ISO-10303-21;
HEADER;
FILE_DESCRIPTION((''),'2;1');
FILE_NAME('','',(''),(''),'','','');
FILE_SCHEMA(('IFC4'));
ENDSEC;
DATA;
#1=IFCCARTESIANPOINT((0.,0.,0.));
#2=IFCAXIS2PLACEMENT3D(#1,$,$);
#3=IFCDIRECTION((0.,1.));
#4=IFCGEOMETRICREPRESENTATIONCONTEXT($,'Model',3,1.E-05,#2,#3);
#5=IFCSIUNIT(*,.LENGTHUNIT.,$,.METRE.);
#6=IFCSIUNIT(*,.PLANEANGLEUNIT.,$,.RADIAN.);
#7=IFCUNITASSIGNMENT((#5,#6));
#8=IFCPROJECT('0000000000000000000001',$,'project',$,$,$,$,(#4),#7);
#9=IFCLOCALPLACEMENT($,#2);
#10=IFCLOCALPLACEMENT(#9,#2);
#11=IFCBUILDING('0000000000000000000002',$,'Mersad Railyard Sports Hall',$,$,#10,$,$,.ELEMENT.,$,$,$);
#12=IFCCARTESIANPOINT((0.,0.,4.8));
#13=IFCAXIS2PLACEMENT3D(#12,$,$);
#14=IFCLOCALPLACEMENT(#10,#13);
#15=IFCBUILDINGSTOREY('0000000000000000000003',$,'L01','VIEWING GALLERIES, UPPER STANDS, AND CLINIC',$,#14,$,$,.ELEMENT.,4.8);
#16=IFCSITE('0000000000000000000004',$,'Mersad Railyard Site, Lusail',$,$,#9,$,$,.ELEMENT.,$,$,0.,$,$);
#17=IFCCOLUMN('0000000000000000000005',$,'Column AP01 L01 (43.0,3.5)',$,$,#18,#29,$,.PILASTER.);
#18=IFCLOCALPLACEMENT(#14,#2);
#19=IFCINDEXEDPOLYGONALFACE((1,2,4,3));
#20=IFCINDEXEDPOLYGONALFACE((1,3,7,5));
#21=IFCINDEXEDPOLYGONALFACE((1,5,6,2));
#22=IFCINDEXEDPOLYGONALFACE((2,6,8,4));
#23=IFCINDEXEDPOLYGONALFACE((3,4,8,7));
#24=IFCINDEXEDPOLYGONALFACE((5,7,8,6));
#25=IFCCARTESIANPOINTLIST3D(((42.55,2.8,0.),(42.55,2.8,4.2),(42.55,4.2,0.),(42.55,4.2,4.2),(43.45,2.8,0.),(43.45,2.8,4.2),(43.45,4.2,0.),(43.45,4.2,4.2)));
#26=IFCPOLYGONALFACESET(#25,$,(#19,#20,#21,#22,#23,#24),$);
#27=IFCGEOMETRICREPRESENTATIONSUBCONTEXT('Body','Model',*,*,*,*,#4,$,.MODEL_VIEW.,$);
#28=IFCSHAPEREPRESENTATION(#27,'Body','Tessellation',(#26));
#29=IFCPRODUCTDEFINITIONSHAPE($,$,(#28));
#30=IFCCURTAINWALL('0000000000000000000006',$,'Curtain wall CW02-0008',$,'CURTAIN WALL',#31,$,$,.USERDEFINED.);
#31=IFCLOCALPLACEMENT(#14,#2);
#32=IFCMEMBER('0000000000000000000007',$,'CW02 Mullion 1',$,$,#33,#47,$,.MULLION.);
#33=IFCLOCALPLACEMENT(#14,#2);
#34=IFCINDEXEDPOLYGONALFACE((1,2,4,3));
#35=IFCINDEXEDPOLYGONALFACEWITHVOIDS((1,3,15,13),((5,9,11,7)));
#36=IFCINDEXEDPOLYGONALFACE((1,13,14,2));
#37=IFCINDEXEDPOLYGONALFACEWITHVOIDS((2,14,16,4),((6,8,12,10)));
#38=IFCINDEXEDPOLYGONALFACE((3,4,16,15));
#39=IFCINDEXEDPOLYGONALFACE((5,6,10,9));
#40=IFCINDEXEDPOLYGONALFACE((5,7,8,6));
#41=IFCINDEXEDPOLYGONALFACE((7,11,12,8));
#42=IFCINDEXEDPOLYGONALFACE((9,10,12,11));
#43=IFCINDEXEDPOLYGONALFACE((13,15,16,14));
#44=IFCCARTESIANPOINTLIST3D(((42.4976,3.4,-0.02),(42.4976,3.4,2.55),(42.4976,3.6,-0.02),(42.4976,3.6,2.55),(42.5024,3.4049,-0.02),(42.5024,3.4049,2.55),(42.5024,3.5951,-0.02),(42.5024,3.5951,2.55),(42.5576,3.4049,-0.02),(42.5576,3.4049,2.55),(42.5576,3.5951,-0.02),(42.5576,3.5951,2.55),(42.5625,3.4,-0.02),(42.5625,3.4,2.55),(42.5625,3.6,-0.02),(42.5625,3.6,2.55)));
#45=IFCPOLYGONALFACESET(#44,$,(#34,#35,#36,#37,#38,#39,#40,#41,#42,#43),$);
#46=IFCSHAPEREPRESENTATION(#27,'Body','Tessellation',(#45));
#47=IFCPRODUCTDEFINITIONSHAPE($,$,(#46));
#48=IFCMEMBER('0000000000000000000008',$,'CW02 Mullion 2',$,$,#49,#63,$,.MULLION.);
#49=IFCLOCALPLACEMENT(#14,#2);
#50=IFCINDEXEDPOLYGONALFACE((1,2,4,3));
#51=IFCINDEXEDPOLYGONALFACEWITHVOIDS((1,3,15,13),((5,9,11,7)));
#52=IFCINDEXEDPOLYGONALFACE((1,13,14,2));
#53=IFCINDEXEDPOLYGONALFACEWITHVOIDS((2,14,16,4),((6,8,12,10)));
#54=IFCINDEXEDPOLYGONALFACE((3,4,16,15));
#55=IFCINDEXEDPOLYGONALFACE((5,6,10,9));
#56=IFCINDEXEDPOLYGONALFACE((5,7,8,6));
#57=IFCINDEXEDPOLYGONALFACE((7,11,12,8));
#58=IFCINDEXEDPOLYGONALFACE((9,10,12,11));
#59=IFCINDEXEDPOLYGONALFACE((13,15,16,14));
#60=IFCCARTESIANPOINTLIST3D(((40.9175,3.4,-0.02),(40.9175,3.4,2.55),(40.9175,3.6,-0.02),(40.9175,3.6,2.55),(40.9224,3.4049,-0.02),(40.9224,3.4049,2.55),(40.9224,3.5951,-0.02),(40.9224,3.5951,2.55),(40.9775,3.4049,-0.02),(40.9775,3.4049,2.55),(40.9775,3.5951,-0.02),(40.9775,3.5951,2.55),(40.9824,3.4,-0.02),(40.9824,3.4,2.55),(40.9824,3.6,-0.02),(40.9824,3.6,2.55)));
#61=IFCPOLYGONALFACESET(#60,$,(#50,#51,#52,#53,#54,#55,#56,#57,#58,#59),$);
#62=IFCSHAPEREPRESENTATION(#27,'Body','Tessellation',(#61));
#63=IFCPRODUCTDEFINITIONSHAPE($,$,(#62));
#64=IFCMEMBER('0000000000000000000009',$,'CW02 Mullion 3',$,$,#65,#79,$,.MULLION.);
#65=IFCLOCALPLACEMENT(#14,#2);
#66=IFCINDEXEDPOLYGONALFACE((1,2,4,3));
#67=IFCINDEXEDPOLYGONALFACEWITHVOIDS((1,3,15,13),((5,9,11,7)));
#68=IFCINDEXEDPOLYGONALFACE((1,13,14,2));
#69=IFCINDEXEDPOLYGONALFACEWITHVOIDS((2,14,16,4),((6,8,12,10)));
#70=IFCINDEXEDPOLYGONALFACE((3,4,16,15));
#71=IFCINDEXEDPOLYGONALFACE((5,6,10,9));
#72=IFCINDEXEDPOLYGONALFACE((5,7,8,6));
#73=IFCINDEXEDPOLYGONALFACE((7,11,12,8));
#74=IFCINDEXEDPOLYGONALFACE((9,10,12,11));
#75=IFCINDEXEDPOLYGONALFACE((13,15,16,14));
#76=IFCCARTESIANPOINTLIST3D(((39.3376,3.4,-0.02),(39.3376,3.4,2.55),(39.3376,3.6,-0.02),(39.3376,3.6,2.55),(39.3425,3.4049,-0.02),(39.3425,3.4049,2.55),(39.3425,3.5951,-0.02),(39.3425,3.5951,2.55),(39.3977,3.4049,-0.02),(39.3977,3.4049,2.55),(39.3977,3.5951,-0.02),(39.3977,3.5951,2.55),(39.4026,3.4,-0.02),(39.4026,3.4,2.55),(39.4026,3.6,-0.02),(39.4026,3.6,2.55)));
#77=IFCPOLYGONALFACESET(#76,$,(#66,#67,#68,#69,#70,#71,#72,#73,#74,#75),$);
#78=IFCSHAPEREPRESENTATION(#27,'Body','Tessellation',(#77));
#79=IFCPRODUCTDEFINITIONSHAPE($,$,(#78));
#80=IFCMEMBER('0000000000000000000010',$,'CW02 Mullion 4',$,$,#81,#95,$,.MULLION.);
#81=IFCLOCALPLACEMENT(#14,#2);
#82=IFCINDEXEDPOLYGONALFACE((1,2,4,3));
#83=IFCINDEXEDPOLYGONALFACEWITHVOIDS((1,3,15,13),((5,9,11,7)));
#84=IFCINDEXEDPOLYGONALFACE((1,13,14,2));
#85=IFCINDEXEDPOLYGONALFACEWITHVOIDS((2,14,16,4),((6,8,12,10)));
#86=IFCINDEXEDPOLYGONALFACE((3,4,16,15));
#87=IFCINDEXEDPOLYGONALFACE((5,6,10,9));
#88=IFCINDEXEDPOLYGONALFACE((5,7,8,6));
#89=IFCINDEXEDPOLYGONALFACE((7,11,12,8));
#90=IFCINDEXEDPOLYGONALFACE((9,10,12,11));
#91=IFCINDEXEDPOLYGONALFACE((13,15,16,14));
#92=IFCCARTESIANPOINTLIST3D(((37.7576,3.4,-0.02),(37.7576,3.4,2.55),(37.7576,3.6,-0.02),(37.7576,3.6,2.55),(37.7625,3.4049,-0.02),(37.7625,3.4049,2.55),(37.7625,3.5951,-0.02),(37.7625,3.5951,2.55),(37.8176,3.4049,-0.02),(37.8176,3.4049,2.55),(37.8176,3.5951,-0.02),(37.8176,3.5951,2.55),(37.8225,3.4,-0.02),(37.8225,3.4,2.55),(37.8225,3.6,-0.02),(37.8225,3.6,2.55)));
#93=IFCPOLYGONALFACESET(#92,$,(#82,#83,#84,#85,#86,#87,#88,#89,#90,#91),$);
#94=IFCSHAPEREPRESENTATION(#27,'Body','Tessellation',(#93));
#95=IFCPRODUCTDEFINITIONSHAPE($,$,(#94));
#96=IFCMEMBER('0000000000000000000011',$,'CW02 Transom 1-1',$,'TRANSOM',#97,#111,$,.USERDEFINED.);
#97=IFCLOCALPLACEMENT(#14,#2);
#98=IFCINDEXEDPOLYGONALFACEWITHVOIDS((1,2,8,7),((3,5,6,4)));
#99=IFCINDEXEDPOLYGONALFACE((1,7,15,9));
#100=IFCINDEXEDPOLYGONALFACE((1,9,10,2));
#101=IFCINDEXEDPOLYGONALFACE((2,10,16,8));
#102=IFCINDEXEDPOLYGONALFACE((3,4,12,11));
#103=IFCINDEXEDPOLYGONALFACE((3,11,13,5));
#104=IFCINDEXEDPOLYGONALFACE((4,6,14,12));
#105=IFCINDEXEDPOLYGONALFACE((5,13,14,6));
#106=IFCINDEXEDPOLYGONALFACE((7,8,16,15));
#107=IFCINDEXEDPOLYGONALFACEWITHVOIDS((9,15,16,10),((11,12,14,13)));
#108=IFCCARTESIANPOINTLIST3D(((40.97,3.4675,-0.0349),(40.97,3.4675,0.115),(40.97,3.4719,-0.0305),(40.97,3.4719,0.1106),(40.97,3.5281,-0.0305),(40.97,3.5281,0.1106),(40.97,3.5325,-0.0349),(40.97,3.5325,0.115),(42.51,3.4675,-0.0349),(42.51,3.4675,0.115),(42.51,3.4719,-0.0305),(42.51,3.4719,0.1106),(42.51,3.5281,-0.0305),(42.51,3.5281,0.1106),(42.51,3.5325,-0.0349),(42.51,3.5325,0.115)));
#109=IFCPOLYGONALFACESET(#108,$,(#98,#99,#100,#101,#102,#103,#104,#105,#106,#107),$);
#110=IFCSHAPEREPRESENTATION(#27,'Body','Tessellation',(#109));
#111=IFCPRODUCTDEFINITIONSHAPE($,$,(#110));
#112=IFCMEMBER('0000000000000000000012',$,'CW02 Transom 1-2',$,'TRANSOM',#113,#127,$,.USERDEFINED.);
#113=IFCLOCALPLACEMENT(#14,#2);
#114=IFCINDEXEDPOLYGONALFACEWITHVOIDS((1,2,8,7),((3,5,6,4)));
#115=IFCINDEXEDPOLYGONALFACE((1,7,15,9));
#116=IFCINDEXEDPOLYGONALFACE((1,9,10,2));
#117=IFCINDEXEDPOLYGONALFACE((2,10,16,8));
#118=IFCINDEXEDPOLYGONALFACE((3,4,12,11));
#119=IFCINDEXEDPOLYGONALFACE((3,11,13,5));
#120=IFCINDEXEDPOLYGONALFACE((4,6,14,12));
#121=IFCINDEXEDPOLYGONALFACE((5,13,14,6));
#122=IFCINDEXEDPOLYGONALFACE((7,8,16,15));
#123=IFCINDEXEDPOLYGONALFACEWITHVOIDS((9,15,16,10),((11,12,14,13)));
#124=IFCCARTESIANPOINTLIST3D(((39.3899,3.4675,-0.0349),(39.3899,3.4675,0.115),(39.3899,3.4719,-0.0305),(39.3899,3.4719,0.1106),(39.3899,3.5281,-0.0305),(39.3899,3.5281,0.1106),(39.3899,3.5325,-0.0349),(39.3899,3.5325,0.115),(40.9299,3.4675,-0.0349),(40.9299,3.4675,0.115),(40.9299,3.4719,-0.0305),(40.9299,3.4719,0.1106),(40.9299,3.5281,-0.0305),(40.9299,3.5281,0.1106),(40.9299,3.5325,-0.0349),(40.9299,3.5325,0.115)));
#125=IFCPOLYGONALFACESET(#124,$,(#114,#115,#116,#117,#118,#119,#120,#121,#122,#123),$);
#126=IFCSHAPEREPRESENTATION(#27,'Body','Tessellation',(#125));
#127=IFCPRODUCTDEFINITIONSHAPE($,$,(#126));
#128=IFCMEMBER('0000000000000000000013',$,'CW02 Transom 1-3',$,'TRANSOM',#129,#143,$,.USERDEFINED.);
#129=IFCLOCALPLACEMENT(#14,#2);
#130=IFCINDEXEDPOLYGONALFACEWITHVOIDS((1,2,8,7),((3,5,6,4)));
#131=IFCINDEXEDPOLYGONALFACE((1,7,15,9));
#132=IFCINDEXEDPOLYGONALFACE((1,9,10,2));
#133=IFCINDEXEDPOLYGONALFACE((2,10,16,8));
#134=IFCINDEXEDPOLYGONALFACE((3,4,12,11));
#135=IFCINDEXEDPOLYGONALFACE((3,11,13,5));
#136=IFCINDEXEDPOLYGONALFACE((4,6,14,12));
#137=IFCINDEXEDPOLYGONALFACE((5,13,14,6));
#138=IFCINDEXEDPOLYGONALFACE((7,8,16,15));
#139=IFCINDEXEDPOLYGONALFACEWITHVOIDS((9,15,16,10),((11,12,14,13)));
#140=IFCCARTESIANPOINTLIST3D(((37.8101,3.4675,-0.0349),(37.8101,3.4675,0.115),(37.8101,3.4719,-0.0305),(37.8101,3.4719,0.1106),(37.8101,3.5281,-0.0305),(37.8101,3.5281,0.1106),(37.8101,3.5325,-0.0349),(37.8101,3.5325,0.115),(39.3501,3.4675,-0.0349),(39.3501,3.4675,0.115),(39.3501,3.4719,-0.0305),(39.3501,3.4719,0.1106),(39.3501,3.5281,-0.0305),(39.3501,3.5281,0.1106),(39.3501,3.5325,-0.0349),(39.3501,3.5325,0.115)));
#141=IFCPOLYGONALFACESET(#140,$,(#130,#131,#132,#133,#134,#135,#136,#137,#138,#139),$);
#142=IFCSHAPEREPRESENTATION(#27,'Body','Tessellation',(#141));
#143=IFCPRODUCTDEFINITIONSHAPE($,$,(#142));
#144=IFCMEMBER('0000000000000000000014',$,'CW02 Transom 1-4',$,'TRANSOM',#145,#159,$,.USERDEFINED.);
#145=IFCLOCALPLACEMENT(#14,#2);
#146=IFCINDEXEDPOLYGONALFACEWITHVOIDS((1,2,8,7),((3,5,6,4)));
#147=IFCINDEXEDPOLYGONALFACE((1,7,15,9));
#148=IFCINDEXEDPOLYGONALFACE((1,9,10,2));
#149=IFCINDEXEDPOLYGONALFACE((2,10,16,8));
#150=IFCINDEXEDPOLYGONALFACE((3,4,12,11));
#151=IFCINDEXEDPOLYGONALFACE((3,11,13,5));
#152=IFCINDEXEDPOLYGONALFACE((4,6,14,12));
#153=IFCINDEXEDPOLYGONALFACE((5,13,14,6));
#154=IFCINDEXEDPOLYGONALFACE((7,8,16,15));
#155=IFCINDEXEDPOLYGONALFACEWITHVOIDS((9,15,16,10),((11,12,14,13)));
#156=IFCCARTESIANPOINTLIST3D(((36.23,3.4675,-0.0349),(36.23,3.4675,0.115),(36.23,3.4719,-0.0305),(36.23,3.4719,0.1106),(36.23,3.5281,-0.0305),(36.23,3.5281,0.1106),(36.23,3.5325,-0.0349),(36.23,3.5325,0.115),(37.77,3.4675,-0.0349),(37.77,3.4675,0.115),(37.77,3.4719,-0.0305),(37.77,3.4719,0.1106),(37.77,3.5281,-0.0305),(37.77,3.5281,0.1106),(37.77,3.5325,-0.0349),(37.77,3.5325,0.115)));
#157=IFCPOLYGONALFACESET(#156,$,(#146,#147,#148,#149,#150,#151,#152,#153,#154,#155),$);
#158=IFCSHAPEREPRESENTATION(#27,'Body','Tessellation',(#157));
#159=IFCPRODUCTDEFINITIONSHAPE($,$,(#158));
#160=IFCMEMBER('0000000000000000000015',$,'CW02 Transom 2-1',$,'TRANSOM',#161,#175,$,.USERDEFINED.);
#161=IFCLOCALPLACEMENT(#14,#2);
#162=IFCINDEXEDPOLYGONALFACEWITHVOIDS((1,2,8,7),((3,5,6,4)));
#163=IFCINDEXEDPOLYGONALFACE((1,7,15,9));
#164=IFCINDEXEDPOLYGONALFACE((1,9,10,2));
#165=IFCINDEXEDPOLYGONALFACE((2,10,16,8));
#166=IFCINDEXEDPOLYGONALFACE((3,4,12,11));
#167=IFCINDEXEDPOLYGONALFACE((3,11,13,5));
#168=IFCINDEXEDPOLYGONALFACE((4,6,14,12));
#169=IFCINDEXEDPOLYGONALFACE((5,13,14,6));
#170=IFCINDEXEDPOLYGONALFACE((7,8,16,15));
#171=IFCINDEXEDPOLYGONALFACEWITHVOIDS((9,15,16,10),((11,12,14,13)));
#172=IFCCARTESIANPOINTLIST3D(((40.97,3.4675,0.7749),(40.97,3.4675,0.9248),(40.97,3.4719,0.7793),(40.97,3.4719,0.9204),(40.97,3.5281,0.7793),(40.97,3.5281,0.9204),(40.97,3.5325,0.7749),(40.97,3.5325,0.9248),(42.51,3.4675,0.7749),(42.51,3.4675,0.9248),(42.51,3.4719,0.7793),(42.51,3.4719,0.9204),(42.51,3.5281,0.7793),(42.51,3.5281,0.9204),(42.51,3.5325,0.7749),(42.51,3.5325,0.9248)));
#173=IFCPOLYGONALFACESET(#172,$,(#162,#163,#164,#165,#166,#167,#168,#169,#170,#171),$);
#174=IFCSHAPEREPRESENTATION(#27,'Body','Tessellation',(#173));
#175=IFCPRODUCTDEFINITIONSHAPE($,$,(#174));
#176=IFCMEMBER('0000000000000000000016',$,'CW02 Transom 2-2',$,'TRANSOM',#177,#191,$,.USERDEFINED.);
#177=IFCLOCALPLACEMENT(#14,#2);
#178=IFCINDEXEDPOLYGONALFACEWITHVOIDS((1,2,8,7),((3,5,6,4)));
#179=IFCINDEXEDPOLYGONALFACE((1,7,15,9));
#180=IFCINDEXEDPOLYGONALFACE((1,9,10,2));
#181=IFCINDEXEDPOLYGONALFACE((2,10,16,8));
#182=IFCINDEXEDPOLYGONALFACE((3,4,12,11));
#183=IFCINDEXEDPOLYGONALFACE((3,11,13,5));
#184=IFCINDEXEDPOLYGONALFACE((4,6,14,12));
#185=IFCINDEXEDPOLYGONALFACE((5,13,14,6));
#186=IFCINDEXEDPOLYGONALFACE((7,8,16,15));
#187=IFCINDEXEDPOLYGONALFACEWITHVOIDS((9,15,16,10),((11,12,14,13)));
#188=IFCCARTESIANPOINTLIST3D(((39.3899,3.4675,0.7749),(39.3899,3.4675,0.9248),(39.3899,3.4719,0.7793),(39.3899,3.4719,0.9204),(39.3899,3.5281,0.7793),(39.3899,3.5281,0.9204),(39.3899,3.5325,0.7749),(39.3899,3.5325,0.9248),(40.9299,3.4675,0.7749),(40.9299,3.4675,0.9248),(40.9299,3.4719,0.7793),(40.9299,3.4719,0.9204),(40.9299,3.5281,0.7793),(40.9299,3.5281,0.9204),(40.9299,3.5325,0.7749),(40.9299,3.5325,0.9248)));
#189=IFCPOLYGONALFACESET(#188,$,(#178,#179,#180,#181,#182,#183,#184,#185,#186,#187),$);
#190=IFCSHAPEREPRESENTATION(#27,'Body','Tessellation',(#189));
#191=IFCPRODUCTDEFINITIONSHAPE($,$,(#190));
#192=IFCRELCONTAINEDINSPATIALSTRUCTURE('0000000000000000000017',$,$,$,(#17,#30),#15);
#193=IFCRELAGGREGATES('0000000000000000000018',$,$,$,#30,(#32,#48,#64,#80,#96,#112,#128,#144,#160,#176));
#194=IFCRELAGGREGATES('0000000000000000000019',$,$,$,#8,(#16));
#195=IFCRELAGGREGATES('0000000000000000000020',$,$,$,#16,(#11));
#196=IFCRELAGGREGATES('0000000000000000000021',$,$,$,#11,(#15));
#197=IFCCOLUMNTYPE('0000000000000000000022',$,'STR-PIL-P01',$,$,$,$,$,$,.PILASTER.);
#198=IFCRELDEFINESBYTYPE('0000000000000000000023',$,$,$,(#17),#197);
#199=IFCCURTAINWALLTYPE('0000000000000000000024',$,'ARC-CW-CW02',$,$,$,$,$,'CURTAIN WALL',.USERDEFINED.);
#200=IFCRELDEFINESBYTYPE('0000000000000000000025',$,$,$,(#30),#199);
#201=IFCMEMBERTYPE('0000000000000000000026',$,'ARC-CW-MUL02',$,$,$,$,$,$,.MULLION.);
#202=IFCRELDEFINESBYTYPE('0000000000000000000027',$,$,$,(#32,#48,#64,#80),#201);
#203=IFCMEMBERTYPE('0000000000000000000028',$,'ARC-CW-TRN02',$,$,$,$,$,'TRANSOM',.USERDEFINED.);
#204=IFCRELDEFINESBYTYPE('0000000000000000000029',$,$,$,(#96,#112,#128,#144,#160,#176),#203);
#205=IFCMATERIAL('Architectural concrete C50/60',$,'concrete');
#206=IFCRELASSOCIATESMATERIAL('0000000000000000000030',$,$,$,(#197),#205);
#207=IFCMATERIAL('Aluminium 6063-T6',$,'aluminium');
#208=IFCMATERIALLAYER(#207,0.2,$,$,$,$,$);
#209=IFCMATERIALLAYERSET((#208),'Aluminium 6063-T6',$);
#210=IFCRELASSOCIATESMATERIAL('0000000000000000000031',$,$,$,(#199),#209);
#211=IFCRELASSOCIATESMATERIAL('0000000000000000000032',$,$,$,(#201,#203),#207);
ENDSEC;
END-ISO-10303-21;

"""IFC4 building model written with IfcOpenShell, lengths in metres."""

from ifc_helpers import new_model, si_unit, direction, frame, origin, origin_2d, place, context, subcontext, project, spatial, rectangle, hollow_rectangle, extrude, material, layer, layer_set, material_profile, profile_set, type_object, element, aggregate, save


model = new_model("IFC4")

# Units and contexts
model_context = context("Model", 3, precision=1e-05, world=origin(), true_north=direction((0.0, 1.0)))
body_context = subcontext(model_context, "Body", "Model", "MODEL_VIEW")
ifc_project = project(units=[si_unit("LENGTHUNIT", "METRE"), si_unit("PLANEANGLEUNIT", "RADIAN")], contexts=[model_context])

# Site, building, storey
site_placement = place(None, origin())
site = spatial("IfcSite", under=ifc_project, at=site_placement, Name="Mersad Railyard Site, Lusail", CompositionType="ELEMENT", RefElevation=0.0)
building_placement = place(site_placement, origin())
building = spatial("IfcBuilding", under=site, at=building_placement, Name="Mersad Railyard Sports Hall", CompositionType="ELEMENT")
storey_placement = place(building_placement, frame((0.0, 0.0, 4.8)))
storey = spatial("IfcBuildingStorey", under=building, at=storey_placement, Name="L01", Description="VIEWING GALLERIES, UPPER STANDS, AND CLINIC", CompositionType="ELEMENT", Elevation=4.8)

# Column
ifc_material_1 = material(Name="Architectural concrete C50/60", Category="concrete")
ifc_material_profile_1 = material_profile(ifc_material_1, rectangle(XDim=0.8999, YDim=1.3999, at=origin_2d()), Name="RC 900x1400")
ifc_profile_set_1 = profile_set([ifc_material_profile_1], Name="Architectural concrete C50/60")
column_type = type_object("IfcColumnType", Name="STR-PIL-P01", PredefinedType="PILASTER", material=ifc_profile_set_1)
column_placement = place(storey_placement, frame((43.0, 3.5, 0.0), z_axis=(0.0, 0.0, 1.0), x_axis=(1.0, 0.0, 0.0)))
element("IfcColumn", 1, at=column_placement, inside=storey, type_object=column_type, Name="Column AP01 L01 (43.0,3.5)", PredefinedType="PILASTER", context=body_context, shape_type="SweptSolid", body=[
    extrude(rectangle(XDim=0.8999, YDim=1.3999, at=origin_2d()), origin(), (0.0, 0.0, 1.0), 4.2),
])

# Curtain wall, members
ifc_material_2 = material(Name="Aluminium 6063-T6", Category="aluminium")
ifc_layer_1 = layer(ifc_material_2, 0.2)
ifc_layer_set_1 = layer_set([ifc_layer_1], Name="Aluminium 6063-T6")
curtain_wall_type = type_object("IfcCurtainWallType", Name="ARC-CW-CW02", ElementType="CURTAIN WALL", PredefinedType="USERDEFINED", material=ifc_layer_set_1)
curtain_wall_placement = place(storey_placement, origin())
curtain_wall = element("IfcCurtainWall", 2, at=curtain_wall_placement, inside=storey, type_object=curtain_wall_type, Name="Curtain wall CW02-0008", ObjectType="CURTAIN WALL", PredefinedType="USERDEFINED")
ifc_material_profile_2 = material_profile(ifc_material_2, hollow_rectangle(XDim=0.0649, YDim=0.2, WallThickness=0.0049, at=origin_2d()), Name="AL MULLION 65x200x5")
ifc_profile_set_2 = profile_set([ifc_material_profile_2], Name="Aluminium 6063-T6")
member_type_1 = type_object("IfcMemberType", Name="ARC-CW-MUL02", PredefinedType="MULLION", material=ifc_profile_set_2)
member_1_placement = place(storey_placement, frame((42.53, 3.5, -0.02), z_axis=(0.0, 0.0, 1.0), x_axis=(1.0, 0.0, 0.0)))
member_1 = element("IfcMember", 3, at=member_1_placement, type_object=member_type_1, Name="CW02 Mullion 1", PredefinedType="MULLION", context=body_context, shape_type="SweptSolid", body=[
    extrude(hollow_rectangle(XDim=0.0649, YDim=0.2, WallThickness=0.0049, at=origin_2d()), origin(), (0.0, 0.0, 1.0), 2.5701),
])
member_2_placement = place(storey_placement, frame((40.95, 3.5, -0.02), z_axis=(0.0, 0.0, 1.0), x_axis=(1.0, 0.0, 0.0)))
member_2 = element("IfcMember", 4, at=member_2_placement, type_object=member_type_1, Name="CW02 Mullion 2", PredefinedType="MULLION", context=body_context, shape_type="SweptSolid", body=[
    extrude(hollow_rectangle(XDim=0.0649, YDim=0.2, WallThickness=0.0049, at=origin_2d()), origin(), (0.0, 0.0, 1.0), 2.5701),
])
member_3_placement = place(storey_placement, frame((39.3701, 3.5, -0.02), z_axis=(0.0, 0.0, 1.0), x_axis=(1.0, 0.0, 0.0)))
member_3 = element("IfcMember", 5, at=member_3_placement, type_object=member_type_1, Name="CW02 Mullion 3", PredefinedType="MULLION", context=body_context, shape_type="SweptSolid", body=[
    extrude(hollow_rectangle(XDim=0.0649, YDim=0.2, WallThickness=0.0049, at=origin_2d()), origin(), (0.0, 0.0, 1.0), 2.5701),
])
member_4_placement = place(storey_placement, frame((37.79, 3.5, -0.02), z_axis=(0.0, 0.0, 1.0), x_axis=(1.0, 0.0, 0.0)))
member_4 = element("IfcMember", 6, at=member_4_placement, type_object=member_type_1, Name="CW02 Mullion 4", PredefinedType="MULLION", context=body_context, shape_type="SweptSolid", body=[
    extrude(hollow_rectangle(XDim=0.0649, YDim=0.2, WallThickness=0.0049, at=origin_2d()), origin(), (0.0, 0.0, 1.0), 2.5701),
])
ifc_material_profile_3 = material_profile(ifc_material_2, hollow_rectangle(XDim=0.0649, YDim=0.1499, WallThickness=0.0044, at=origin_2d()), Name="AL TRANSOM 65x150x4.5")
ifc_profile_set_3 = profile_set([ifc_material_profile_3], Name="Aluminium 6063-T6")
member_type_2 = type_object("IfcMemberType", Name="ARC-CW-TRN02", ElementType="TRANSOM", PredefinedType="USERDEFINED", material=ifc_profile_set_3)
member_5_placement = place(storey_placement, frame((42.51, 3.5, 0.04), z_axis=(-1.0, 0.0, 0.0), x_axis=(0.0, -1.0, 0.0)))
member_5 = element("IfcMember", 7, at=member_5_placement, type_object=member_type_2, Name="CW02 Transom 1-1", ObjectType="TRANSOM", PredefinedType="USERDEFINED", context=body_context, shape_type="SweptSolid", body=[
    extrude(hollow_rectangle(XDim=0.0649, YDim=0.1499, WallThickness=0.0044, at=origin_2d()), origin(), (0.0, 0.0, 1.0), 1.54),
])
member_6_placement = place(storey_placement, frame((40.9299, 3.5, 0.04), z_axis=(-1.0, 0.0, 0.0), x_axis=(0.0, -1.0, 0.0)))
member_6 = element("IfcMember", 8, at=member_6_placement, type_object=member_type_2, Name="CW02 Transom 1-2", ObjectType="TRANSOM", PredefinedType="USERDEFINED", context=body_context, shape_type="SweptSolid", body=[
    extrude(hollow_rectangle(XDim=0.0649, YDim=0.1499, WallThickness=0.0044, at=origin_2d()), origin(), (0.0, 0.0, 1.0), 1.54),
])
member_7_placement = place(storey_placement, frame((39.3501, 3.5, 0.04), z_axis=(-1.0, 0.0, 0.0), x_axis=(0.0, -1.0, 0.0)))
member_7 = element("IfcMember", 9, at=member_7_placement, type_object=member_type_2, Name="CW02 Transom 1-3", ObjectType="TRANSOM", PredefinedType="USERDEFINED", context=body_context, shape_type="SweptSolid", body=[
    extrude(hollow_rectangle(XDim=0.0649, YDim=0.1499, WallThickness=0.0044, at=origin_2d()), origin(), (0.0, 0.0, 1.0), 1.54),
])
member_8_placement = place(storey_placement, frame((37.77, 3.5, 0.04), z_axis=(-1.0, 0.0, 0.0), x_axis=(0.0, -1.0, 0.0)))
member_8 = element("IfcMember", 10, at=member_8_placement, type_object=member_type_2, Name="CW02 Transom 1-4", ObjectType="TRANSOM", PredefinedType="USERDEFINED", context=body_context, shape_type="SweptSolid", body=[
    extrude(hollow_rectangle(XDim=0.0649, YDim=0.1499, WallThickness=0.0044, at=origin_2d()), origin(), (0.0, 0.0, 1.0), 1.54),
])
member_9_placement = place(storey_placement, frame((42.51, 3.5, 0.8499), z_axis=(-1.0, 0.0, 0.0), x_axis=(0.0, -1.0, 0.0)))
member_9 = element("IfcMember", 11, at=member_9_placement, type_object=member_type_2, Name="CW02 Transom 2-1", ObjectType="TRANSOM", PredefinedType="USERDEFINED", context=body_context, shape_type="SweptSolid", body=[
    extrude(hollow_rectangle(XDim=0.0649, YDim=0.1499, WallThickness=0.0044, at=origin_2d()), origin(), (0.0, 0.0, 1.0), 1.54),
])
member_10_placement = place(storey_placement, frame((40.9299, 3.5, 0.8499), z_axis=(-1.0, 0.0, 0.0), x_axis=(0.0, -1.0, 0.0)))
member_10 = element("IfcMember", 12, at=member_10_placement, type_object=member_type_2, Name="CW02 Transom 2-2", ObjectType="TRANSOM", PredefinedType="USERDEFINED", context=body_context, shape_type="SweptSolid", body=[
    extrude(hollow_rectangle(XDim=0.0649, YDim=0.1499, WallThickness=0.0044, at=origin_2d()), origin(), (0.0, 0.0, 1.0), 1.54),
])

aggregate(curtain_wall, [member_1, member_2, member_3, member_4, member_5, member_6, member_7, member_8, member_9, member_10])

save(model, "model.ifc")
